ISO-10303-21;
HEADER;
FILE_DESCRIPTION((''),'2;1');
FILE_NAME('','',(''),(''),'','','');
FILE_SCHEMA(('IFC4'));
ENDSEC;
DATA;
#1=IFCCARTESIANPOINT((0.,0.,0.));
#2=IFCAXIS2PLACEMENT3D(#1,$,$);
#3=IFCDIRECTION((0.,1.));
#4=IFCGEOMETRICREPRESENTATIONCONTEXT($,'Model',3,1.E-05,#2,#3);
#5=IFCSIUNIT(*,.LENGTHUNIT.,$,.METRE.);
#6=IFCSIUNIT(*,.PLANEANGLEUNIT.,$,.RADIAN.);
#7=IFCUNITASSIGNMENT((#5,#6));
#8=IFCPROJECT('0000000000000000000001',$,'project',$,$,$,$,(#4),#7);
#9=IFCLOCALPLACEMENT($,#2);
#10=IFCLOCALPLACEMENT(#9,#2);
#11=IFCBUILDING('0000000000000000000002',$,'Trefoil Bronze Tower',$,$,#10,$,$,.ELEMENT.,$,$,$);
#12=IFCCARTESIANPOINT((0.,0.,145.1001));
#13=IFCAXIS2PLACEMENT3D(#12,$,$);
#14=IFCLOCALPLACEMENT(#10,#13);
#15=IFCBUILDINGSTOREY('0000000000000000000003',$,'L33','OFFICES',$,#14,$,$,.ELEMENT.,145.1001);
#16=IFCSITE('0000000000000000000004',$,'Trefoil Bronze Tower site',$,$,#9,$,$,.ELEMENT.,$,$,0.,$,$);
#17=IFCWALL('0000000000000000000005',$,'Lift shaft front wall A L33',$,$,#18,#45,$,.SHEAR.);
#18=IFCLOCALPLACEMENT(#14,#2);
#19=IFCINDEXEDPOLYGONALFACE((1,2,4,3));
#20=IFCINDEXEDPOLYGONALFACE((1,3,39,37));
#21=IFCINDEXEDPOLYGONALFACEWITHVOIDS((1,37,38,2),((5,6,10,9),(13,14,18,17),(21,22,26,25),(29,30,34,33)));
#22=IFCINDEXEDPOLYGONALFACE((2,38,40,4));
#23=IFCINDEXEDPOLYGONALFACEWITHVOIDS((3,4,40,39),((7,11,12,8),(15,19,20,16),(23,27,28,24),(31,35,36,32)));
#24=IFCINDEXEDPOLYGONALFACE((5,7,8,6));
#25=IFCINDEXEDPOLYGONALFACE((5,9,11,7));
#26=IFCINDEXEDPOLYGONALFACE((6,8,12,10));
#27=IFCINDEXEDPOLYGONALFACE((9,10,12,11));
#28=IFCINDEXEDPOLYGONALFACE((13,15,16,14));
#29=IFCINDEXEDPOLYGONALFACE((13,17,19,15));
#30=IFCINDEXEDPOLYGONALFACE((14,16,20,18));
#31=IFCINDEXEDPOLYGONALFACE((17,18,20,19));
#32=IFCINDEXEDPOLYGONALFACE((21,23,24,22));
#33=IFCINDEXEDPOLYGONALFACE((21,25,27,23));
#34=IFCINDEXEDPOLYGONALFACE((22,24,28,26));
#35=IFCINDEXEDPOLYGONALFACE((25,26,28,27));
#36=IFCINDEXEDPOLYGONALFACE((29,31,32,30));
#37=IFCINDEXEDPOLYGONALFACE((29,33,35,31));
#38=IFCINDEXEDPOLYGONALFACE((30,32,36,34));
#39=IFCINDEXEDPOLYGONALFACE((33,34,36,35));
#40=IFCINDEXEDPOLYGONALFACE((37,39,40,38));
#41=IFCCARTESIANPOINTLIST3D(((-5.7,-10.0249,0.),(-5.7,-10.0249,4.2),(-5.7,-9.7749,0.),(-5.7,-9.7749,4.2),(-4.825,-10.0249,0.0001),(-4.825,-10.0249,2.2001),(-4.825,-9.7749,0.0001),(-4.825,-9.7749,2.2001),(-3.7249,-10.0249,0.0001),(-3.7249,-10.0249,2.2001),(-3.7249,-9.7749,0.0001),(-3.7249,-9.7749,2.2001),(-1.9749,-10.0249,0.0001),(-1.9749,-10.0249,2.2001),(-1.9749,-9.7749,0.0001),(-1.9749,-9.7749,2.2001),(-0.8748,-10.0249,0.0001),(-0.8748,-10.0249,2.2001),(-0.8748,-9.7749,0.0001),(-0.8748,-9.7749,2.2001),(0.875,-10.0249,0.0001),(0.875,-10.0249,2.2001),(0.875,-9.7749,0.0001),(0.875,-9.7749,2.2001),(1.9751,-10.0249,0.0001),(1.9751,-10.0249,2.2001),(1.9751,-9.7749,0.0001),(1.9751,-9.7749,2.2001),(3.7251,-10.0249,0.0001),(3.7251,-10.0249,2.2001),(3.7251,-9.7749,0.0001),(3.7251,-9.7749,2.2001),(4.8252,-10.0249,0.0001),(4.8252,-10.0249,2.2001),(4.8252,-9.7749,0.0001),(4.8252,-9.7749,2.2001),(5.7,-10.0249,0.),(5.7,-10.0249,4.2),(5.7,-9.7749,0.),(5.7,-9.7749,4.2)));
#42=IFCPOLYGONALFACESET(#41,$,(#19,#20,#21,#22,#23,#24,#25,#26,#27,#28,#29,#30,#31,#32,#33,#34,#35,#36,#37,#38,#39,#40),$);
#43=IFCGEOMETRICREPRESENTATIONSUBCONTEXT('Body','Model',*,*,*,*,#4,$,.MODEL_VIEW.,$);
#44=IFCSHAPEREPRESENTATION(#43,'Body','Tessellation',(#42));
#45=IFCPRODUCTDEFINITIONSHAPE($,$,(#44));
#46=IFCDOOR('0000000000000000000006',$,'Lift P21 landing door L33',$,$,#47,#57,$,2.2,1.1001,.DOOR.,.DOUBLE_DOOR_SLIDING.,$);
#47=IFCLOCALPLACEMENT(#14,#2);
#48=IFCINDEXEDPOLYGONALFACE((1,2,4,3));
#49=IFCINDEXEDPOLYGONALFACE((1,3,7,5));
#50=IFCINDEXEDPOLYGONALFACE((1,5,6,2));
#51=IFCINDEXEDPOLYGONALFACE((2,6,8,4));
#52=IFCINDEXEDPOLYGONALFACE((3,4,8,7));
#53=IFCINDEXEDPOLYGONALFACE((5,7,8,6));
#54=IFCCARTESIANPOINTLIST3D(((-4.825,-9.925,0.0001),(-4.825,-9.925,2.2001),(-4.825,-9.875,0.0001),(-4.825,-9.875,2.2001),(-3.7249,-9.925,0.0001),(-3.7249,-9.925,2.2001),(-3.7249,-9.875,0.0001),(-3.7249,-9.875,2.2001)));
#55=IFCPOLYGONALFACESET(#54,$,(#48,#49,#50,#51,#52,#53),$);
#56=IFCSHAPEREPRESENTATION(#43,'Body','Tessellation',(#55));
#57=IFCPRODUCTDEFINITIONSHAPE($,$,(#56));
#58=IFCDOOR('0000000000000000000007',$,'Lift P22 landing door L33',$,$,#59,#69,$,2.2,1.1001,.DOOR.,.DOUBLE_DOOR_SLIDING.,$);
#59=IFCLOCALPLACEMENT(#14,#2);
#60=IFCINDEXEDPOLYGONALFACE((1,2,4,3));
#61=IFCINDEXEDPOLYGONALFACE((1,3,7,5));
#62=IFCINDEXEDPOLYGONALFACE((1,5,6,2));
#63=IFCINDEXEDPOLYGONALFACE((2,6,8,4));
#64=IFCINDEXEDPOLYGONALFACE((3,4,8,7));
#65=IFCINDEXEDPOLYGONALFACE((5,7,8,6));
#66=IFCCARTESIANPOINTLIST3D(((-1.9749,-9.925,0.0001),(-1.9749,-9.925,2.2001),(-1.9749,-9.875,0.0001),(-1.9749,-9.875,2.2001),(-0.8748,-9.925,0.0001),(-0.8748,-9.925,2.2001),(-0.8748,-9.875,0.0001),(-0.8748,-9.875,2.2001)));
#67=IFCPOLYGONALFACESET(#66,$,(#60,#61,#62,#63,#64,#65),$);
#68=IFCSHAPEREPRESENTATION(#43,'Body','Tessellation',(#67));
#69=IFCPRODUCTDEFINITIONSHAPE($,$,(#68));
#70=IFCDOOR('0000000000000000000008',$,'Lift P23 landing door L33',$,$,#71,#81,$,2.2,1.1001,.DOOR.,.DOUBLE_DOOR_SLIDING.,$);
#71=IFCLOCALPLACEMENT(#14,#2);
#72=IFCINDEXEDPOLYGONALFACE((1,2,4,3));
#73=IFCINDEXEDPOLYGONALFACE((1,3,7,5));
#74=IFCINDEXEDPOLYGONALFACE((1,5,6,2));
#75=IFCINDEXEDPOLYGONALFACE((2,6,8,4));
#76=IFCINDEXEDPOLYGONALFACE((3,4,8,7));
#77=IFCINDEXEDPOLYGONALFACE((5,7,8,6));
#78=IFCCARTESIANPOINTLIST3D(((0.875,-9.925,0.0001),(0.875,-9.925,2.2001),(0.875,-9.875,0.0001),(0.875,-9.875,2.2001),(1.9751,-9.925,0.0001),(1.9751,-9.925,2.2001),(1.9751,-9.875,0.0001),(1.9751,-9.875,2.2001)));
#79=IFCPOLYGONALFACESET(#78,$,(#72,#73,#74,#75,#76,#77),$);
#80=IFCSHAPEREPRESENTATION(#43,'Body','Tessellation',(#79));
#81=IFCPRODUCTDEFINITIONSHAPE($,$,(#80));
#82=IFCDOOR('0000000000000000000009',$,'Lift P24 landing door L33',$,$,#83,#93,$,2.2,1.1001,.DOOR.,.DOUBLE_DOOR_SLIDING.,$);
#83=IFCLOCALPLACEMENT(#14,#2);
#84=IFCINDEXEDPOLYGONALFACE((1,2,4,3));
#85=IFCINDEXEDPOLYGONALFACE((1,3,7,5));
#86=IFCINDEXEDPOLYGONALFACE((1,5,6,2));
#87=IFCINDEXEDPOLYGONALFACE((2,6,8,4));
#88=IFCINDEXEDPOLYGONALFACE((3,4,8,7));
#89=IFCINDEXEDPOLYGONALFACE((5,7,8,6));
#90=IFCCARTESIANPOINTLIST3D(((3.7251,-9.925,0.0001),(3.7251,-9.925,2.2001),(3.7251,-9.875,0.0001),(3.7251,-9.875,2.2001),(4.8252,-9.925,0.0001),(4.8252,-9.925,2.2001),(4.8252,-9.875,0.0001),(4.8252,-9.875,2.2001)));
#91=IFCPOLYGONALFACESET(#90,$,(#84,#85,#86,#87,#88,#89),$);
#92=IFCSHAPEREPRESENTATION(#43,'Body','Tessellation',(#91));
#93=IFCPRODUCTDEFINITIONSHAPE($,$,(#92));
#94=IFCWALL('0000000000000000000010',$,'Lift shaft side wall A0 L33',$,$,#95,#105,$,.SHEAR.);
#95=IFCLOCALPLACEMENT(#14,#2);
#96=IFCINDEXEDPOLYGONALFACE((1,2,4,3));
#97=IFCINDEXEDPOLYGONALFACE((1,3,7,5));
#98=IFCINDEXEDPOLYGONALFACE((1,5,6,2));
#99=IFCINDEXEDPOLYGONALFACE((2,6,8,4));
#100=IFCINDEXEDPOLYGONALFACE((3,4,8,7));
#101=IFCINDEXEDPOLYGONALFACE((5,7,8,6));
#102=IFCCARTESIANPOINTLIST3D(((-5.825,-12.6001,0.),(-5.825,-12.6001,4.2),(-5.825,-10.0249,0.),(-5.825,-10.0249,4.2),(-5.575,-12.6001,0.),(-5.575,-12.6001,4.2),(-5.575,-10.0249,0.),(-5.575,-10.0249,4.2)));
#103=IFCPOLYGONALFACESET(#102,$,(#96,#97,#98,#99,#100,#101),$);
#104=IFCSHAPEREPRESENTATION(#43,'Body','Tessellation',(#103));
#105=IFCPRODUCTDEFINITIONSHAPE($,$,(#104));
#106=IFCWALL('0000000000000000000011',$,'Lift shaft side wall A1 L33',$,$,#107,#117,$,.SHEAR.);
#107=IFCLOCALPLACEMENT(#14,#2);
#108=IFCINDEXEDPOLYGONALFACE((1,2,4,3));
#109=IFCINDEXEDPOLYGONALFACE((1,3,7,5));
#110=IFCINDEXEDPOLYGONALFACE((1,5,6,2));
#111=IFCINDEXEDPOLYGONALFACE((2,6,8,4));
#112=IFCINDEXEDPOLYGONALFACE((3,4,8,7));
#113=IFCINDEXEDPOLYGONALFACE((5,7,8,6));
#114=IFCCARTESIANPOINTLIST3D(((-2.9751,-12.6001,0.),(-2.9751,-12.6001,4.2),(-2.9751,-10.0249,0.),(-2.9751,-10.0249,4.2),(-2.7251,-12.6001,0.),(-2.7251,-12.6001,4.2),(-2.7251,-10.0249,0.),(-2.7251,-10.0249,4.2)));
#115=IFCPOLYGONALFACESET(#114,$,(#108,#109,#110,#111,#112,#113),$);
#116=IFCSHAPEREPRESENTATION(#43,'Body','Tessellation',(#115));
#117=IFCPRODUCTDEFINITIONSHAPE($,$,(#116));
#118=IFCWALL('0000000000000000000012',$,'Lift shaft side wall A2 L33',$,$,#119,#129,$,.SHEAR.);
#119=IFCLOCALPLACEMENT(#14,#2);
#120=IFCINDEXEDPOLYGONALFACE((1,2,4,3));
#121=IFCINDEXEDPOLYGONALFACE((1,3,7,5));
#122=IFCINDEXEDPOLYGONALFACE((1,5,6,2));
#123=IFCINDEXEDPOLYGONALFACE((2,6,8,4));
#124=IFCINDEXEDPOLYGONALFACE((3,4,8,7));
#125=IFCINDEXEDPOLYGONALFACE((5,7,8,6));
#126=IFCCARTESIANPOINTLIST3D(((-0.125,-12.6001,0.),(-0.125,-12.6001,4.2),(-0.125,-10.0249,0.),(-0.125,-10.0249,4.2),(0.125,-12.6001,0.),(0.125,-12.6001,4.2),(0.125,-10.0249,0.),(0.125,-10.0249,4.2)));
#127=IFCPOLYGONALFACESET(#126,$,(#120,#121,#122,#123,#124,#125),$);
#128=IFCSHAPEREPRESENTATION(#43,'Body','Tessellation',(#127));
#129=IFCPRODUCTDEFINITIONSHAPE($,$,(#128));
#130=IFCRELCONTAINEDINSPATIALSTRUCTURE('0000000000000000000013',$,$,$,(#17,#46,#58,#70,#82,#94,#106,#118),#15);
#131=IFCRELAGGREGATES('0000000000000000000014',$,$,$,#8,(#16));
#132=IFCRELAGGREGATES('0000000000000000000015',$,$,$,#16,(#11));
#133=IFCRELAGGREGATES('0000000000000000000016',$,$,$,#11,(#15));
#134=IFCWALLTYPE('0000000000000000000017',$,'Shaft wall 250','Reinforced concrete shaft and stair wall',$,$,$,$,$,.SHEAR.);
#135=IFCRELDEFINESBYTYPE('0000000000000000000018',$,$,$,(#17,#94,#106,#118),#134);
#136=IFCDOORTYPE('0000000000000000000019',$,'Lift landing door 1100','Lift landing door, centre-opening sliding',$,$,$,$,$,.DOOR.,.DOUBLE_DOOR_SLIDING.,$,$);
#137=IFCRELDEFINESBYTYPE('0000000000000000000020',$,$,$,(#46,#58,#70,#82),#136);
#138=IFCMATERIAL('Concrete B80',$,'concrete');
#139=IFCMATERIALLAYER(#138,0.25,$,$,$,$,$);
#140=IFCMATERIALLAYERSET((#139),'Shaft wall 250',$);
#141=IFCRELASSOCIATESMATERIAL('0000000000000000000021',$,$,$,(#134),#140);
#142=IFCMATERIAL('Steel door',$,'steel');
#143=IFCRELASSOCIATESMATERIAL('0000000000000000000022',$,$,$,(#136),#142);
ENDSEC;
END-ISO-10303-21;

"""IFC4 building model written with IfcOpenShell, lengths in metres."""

from ifc_helpers import new_model, si_unit, direction, frame, frame_2d, origin, place, context, subcontext, project, spatial, rectangle, extrude, material, layer, layer_set, type_object, element, fill, save


model = new_model("IFC4")

# Units and contexts
model_context = context("Model", 3, precision=1e-05, world=origin(), true_north=direction((0.0, 1.0)))
body_context = subcontext(model_context, "Body", "Model", "MODEL_VIEW")
ifc_project = project(units=[si_unit("LENGTHUNIT", "METRE"), si_unit("PLANEANGLEUNIT", "RADIAN")], contexts=[model_context])

# Site, building, storey
site_placement = place(None, origin())
site = spatial("IfcSite", under=ifc_project, at=site_placement, Name="Trefoil Bronze Tower site", CompositionType="ELEMENT", RefElevation=0.0)
building_placement = place(site_placement, origin())
building = spatial("IfcBuilding", under=site, at=building_placement, Name="Trefoil Bronze Tower", CompositionType="ELEMENT")
storey_placement = place(building_placement, frame((0.0, 0.0, 145.1001)))
storey = spatial("IfcBuildingStorey", under=building, at=storey_placement, Name="L33", Description="OFFICES", CompositionType="ELEMENT", Elevation=145.1001)

# Wall, openings, doors
ifc_material_1 = material(Name="Concrete B80", Category="concrete")
ifc_layer_1 = layer(ifc_material_1, 0.25)
ifc_layer_set_1 = layer_set([ifc_layer_1], Name="Shaft wall 250")
wall_type_1 = type_object("IfcWallType", Name="Shaft wall 250", Description="Reinforced concrete shaft and stair wall", PredefinedType="SHEAR", material=ifc_layer_set_1)
wall_1_placement = place(storey_placement, frame((-5.7, -9.8999, 0.0), z_axis=(0.0, 0.0, 1.0), x_axis=(1.0, 0.0, 0.0)))
wall_1 = element("IfcWall", 1, at=wall_1_placement, inside=storey, type_object=wall_type_1, Name="Lift shaft front wall A L33", PredefinedType="SHEAR", context=body_context, shape_type="SweptSolid", body=[
    extrude(rectangle(XDim=11.3999, YDim=0.25, at=frame_2d((5.7, 0.0))), origin(), (0.0, 0.0, 1.0), 4.2),
])
opening_1_placement = place(wall_1_placement, frame((0.875, 0.0, 0.0)))
opening_1 = element("IfcOpeningElement", 2, at=opening_1_placement, cuts=wall_1, PredefinedType="OPENING", context=body_context, shape_type="SweptSolid", body=[
    extrude(rectangle(XDim=1.1001, YDim=2.2, at=frame_2d((0.55, 1.1001))), frame((0.0, 0.135, 0.0), z_axis=(0.0, -1.0, 0.0), x_axis=(1.0, 0.0, 0.0)), (0.0, 0.0, 1.0), 0.27),
])
opening_2_placement = place(wall_1_placement, frame((3.7251, 0.0, 0.0)))
opening_2 = element("IfcOpeningElement", 3, at=opening_2_placement, cuts=wall_1, PredefinedType="OPENING", context=body_context, shape_type="SweptSolid", body=[
    extrude(rectangle(XDim=1.1001, YDim=2.2, at=frame_2d((0.55, 1.1001))), frame((0.0, 0.135, 0.0), z_axis=(0.0, -1.0, 0.0), x_axis=(1.0, 0.0, 0.0)), (0.0, 0.0, 1.0), 0.27),
])
opening_3_placement = place(wall_1_placement, frame((6.575, 0.0, 0.0)))
opening_3 = element("IfcOpeningElement", 4, at=opening_3_placement, cuts=wall_1, PredefinedType="OPENING", context=body_context, shape_type="SweptSolid", body=[
    extrude(rectangle(XDim=1.1001, YDim=2.2, at=frame_2d((0.55, 1.1001))), frame((0.0, 0.135, 0.0), z_axis=(0.0, -1.0, 0.0), x_axis=(1.0, 0.0, 0.0)), (0.0, 0.0, 1.0), 0.27),
])
opening_4_placement = place(wall_1_placement, frame((9.425, 0.0, 0.0)))
opening_4 = element("IfcOpeningElement", 5, at=opening_4_placement, cuts=wall_1, PredefinedType="OPENING", context=body_context, shape_type="SweptSolid", body=[
    extrude(rectangle(XDim=1.1001, YDim=2.2, at=frame_2d((0.55, 1.1001))), frame((0.0, 0.135, 0.0), z_axis=(0.0, -1.0, 0.0), x_axis=(1.0, 0.0, 0.0)), (0.0, 0.0, 1.0), 0.27),
])
ifc_material_2 = material(Name="Steel door", Category="steel")
door_type_1 = type_object("IfcDoorType", Name="Lift landing door 1100", Description="Lift landing door, centre-opening sliding", OperationType="DOUBLE_DOOR_SLIDING", PredefinedType="DOOR", material=ifc_material_2)
door_1_placement = place(opening_1_placement, origin())
door_1 = element("IfcDoor", 6, at=door_1_placement, inside=storey, type_object=door_type_1, Name="Lift P21 landing door L33", OperationType="DOUBLE_DOOR_SLIDING", OverallHeight=2.2, OverallWidth=1.1001, PredefinedType="DOOR", context=body_context, shape_type="SweptSolid", body=[
    extrude(rectangle(XDim=1.1001, YDim=2.2, at=frame_2d((0.55, 1.1001))), frame((0.0, 0.0249, 0.0), z_axis=(0.0, -1.0, 0.0), x_axis=(1.0, 0.0, 0.0)), (0.0, 0.0, 1.0), 0.05),
])
fill(opening_1, door_1)
door_2_placement = place(opening_2_placement, origin())
door_2 = element("IfcDoor", 7, at=door_2_placement, inside=storey, type_object=door_type_1, Name="Lift P22 landing door L33", OperationType="DOUBLE_DOOR_SLIDING", OverallHeight=2.2, OverallWidth=1.1001, PredefinedType="DOOR", context=body_context, shape_type="SweptSolid", body=[
    extrude(rectangle(XDim=1.1001, YDim=2.2, at=frame_2d((0.55, 1.1001))), frame((0.0, 0.0249, 0.0), z_axis=(0.0, -1.0, 0.0), x_axis=(1.0, 0.0, 0.0)), (0.0, 0.0, 1.0), 0.05),
])
fill(opening_2, door_2)
door_3_placement = place(opening_3_placement, origin())
door_3 = element("IfcDoor", 8, at=door_3_placement, inside=storey, type_object=door_type_1, Name="Lift P23 landing door L33", OperationType="DOUBLE_DOOR_SLIDING", OverallHeight=2.2, OverallWidth=1.1001, PredefinedType="DOOR", context=body_context, shape_type="SweptSolid", body=[
    extrude(rectangle(XDim=1.1001, YDim=2.2, at=frame_2d((0.55, 1.1001))), frame((0.0, 0.0249, 0.0), z_axis=(0.0, -1.0, 0.0), x_axis=(1.0, 0.0, 0.0)), (0.0, 0.0, 1.0), 0.05),
])
fill(opening_3, door_3)
door_4_placement = place(opening_4_placement, origin())
door_4 = element("IfcDoor", 9, at=door_4_placement, inside=storey, type_object=door_type_1, Name="Lift P24 landing door L33", OperationType="DOUBLE_DOOR_SLIDING", OverallHeight=2.2, OverallWidth=1.1001, PredefinedType="DOOR", context=body_context, shape_type="SweptSolid", body=[
    extrude(rectangle(XDim=1.1001, YDim=2.2, at=frame_2d((0.55, 1.1001))), frame((0.0, 0.0249, 0.0), z_axis=(0.0, -1.0, 0.0), x_axis=(1.0, 0.0, 0.0)), (0.0, 0.0, 1.0), 0.05),
])
fill(opening_4, door_4)

# Walls
for number, where, z_axis, x_axis, name in (
    (10, (-5.7, -10.0249, 0.0), (0.0, 0.0, 1.0), (0.0, -1.0, 0.0), "Lift shaft side wall A0 L33"),
    (11, (-2.8501, -10.0249, 0.0), (0.0, 0.0, 1.0), (0.0, -1.0, 0.0), "Lift shaft side wall A1 L33"),
    (12, (0.0, -10.0249, 0.0), (0.0, 0.0, 1.0), (0.0, -1.0, 0.0), "Lift shaft side wall A2 L33"),
):
    element("IfcWall", number, at=place(storey_placement, frame(where, z_axis=z_axis, x_axis=x_axis)), inside=storey, type_object=wall_type_1, Name=name, PredefinedType="SHEAR", context=body_context, shape_type="SweptSolid", body=[
        extrude(rectangle(XDim=2.5752, YDim=0.25, at=frame_2d((1.2876, 0.0))), origin(), (0.0, 0.0, 1.0), 4.2),
    ])

save(model, "model.ifc")
